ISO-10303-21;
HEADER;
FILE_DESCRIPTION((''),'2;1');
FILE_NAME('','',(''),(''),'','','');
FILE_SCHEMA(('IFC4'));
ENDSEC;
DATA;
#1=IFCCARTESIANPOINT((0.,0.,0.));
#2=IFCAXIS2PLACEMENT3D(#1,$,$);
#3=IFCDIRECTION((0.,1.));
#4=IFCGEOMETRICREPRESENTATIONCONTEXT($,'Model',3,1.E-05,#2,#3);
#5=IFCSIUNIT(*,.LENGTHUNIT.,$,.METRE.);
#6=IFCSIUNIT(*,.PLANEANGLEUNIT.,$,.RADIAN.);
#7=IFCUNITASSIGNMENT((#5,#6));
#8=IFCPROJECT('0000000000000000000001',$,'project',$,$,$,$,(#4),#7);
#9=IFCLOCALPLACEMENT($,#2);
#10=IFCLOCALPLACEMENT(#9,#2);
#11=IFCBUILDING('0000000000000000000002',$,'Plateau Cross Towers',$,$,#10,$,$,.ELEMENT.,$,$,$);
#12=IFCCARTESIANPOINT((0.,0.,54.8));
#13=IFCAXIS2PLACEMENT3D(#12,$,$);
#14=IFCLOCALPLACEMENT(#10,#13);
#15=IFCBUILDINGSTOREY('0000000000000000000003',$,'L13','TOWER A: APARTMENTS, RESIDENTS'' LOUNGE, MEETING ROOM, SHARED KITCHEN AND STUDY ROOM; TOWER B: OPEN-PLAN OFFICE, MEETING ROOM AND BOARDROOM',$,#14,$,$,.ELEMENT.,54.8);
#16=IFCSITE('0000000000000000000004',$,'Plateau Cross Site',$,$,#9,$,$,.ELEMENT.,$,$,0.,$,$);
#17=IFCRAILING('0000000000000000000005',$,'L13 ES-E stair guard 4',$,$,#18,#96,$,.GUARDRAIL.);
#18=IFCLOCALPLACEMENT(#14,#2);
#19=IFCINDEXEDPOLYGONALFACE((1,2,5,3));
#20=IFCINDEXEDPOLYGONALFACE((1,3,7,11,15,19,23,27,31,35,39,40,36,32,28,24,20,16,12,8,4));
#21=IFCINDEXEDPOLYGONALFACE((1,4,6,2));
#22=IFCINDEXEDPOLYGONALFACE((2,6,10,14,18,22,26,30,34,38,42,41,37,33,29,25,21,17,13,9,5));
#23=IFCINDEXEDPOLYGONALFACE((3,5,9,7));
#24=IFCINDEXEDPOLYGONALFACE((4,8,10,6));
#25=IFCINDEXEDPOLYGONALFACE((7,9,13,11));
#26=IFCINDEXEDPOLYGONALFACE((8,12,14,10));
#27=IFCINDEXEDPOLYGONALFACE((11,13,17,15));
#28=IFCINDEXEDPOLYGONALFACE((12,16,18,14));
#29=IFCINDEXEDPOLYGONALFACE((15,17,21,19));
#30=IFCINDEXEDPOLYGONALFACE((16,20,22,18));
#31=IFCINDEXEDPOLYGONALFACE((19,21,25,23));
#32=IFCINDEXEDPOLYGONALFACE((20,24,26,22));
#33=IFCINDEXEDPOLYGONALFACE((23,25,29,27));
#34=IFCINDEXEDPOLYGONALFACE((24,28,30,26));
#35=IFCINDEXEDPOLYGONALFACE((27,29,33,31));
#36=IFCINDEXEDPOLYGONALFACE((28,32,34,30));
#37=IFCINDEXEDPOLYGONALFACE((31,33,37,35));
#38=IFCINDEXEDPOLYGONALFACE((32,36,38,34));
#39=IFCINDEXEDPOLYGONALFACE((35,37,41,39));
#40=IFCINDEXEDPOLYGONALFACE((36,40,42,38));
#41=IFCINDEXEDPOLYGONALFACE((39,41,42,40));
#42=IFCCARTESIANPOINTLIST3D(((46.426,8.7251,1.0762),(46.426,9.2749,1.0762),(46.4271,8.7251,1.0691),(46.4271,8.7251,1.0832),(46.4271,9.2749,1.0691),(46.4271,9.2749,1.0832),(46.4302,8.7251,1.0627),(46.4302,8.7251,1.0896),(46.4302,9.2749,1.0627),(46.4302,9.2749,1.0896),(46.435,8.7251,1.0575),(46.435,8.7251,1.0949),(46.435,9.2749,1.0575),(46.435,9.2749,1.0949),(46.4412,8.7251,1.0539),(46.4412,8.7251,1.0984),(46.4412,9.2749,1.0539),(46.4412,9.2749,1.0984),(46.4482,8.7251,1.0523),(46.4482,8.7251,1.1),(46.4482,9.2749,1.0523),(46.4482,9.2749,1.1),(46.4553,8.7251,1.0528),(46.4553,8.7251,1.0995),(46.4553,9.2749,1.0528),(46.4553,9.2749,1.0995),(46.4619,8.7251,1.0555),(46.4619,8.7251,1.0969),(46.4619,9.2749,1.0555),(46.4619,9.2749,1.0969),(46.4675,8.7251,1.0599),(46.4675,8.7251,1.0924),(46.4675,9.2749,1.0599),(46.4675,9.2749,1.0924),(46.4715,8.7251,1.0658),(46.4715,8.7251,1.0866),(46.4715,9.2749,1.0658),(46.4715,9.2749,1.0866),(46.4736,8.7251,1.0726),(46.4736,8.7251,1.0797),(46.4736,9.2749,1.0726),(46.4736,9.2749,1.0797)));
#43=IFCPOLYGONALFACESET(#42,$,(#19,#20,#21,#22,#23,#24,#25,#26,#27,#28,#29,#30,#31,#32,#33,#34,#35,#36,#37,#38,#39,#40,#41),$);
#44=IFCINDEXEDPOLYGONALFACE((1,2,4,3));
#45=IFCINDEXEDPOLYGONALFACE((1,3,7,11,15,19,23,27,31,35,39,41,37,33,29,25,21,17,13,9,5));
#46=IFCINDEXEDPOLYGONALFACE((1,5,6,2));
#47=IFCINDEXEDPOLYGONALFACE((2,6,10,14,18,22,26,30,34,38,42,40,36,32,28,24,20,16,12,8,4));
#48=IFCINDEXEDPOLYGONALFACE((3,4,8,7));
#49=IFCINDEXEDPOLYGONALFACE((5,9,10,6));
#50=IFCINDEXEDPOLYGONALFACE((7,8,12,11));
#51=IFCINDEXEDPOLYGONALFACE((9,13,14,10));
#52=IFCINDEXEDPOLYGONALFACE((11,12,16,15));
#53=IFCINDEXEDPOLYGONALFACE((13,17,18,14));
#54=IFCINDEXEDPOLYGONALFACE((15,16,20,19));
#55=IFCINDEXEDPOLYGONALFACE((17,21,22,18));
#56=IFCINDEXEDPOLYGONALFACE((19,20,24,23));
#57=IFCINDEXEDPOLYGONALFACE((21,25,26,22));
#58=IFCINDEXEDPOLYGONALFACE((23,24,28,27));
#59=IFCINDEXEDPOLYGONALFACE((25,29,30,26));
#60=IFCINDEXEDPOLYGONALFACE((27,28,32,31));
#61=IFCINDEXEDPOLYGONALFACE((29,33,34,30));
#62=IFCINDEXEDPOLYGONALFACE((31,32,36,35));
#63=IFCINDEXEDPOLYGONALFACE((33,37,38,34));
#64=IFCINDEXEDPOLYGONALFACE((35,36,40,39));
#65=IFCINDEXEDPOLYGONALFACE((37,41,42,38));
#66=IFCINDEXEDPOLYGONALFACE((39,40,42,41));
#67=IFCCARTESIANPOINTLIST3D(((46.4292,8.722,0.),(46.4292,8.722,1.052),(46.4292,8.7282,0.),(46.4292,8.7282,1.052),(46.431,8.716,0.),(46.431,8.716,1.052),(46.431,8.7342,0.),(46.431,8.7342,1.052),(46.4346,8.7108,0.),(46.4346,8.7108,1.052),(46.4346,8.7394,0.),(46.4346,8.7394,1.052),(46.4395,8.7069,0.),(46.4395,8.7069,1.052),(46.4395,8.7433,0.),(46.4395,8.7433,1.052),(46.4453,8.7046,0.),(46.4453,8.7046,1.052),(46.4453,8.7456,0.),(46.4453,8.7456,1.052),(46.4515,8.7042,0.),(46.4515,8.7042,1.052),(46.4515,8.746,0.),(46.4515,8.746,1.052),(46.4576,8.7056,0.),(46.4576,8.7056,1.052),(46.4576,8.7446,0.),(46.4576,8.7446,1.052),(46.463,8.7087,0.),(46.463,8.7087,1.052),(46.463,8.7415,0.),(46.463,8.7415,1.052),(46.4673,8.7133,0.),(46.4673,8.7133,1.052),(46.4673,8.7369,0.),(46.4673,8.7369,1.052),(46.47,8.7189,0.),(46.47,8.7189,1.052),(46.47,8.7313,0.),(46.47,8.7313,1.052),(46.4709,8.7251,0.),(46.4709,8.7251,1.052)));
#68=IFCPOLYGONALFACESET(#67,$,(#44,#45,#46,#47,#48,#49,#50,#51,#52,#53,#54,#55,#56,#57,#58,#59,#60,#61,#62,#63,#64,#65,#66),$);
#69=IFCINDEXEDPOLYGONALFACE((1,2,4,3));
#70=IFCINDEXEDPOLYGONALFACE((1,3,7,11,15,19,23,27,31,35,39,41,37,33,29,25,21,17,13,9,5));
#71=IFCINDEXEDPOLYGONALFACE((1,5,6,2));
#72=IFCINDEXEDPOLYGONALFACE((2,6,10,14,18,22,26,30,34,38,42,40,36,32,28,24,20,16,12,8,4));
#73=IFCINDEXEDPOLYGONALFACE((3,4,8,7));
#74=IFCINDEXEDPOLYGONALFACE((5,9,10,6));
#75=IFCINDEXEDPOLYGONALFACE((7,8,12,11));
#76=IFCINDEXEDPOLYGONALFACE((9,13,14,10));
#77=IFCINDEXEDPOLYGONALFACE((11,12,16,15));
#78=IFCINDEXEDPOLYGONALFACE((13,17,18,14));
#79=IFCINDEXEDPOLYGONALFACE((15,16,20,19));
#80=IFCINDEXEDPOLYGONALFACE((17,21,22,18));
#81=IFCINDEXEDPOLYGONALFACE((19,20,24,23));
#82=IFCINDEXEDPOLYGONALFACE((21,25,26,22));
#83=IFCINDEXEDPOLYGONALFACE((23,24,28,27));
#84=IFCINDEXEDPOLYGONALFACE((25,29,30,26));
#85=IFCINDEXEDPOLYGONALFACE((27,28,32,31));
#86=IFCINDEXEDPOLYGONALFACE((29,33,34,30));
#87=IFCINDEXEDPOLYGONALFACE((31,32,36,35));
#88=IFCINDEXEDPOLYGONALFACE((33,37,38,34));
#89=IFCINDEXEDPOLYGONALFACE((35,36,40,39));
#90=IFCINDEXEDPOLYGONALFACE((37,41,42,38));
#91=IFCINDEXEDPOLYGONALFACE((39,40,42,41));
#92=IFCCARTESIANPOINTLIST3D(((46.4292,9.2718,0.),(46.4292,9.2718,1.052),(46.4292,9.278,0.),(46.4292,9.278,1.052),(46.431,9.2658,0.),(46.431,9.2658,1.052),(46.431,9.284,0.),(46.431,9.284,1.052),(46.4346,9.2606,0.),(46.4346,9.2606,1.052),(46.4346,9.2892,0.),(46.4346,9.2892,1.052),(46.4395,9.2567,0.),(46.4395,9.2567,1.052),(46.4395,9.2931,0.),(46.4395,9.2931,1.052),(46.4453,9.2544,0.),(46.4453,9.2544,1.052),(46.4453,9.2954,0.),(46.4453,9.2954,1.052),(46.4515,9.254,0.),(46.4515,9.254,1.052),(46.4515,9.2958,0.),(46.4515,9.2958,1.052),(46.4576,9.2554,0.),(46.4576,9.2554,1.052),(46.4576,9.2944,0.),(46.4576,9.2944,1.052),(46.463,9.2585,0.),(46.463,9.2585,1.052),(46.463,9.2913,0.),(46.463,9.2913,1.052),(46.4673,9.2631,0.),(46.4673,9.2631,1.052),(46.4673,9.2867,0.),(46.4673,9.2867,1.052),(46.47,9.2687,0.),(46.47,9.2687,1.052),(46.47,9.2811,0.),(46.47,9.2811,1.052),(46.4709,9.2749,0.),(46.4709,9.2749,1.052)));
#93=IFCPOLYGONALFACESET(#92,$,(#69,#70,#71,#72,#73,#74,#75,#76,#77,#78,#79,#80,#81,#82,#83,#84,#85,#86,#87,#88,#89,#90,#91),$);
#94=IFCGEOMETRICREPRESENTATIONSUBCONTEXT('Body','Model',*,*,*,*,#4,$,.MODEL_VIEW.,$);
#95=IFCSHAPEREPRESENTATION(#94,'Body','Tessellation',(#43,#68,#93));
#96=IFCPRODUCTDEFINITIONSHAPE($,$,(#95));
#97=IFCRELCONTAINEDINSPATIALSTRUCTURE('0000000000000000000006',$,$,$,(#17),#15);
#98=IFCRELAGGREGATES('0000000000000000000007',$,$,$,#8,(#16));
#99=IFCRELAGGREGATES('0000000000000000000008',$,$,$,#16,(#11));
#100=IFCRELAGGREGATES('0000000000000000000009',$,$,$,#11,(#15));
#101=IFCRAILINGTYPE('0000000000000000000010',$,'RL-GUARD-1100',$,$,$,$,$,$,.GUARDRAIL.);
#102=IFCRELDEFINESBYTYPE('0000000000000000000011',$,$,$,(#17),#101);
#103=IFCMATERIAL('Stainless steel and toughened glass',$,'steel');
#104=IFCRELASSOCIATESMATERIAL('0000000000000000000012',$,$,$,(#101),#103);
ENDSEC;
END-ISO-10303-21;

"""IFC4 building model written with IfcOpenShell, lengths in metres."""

from ifc_helpers import new_model, si_unit, direction, frame, origin, origin_2d, place, context, subcontext, project, spatial, circle, extrude, material, type_object, element, save


model = new_model("IFC4")

# Units and contexts
model_context = context("Model", 3, precision=1e-05, world=origin(), true_north=direction((0.0, 1.0)))
body_context = subcontext(model_context, "Body", "Model", "MODEL_VIEW")
ifc_project = project(units=[si_unit("LENGTHUNIT", "METRE"), si_unit("PLANEANGLEUNIT", "RADIAN")], contexts=[model_context])

# Site, building, storey
site_placement = place(None, origin())
site = spatial("IfcSite", under=ifc_project, at=site_placement, Name="Plateau Cross Site", CompositionType="ELEMENT", RefElevation=0.0)
building_placement = place(site_placement, origin())
building = spatial("IfcBuilding", under=site, at=building_placement, Name="Plateau Cross Towers", CompositionType="ELEMENT")
storey_placement = place(building_placement, frame((0.0, 0.0, 54.8)))
storey = spatial("IfcBuildingStorey", under=building, at=storey_placement, Name="L13", Description="TOWER A: APARTMENTS, RESIDENTS' LOUNGE, MEETING ROOM, SHARED KITCHEN AND STUDY ROOM; TOWER B: OPEN-PLAN OFFICE, MEETING ROOM AND BOARDROOM", CompositionType="ELEMENT", Elevation=54.8)

# Railing
ifc_material_1 = material(Name="Stainless steel and toughened glass", Category="steel")
railing_type_1 = type_object("IfcRailingType", Name="RL-GUARD-1100", PredefinedType="GUARDRAIL", material=ifc_material_1)
railing_1_placement = place(storey_placement, frame((46.45, 8.7251, 0.0)))
element("IfcRailing", 1, at=railing_1_placement, inside=storey, type_object=railing_type_1, Name="L13 ES-E stair guard 4", PredefinedType="GUARDRAIL", context=body_context, shape_type="SweptSolid", body=[
    extrude(circle(Radius=0.0239, at=origin_2d()), frame((0.0, 0.0, 1.0762), z_axis=(0.0, 1.0, 0.0), x_axis=(-1.0, 0.0, 0.0)), (0.0, 0.0, 1.0), 0.5498),
    extrude(circle(Radius=0.021, at=origin_2d()), origin(), (0.0, 0.0, 1.0), 1.052),
    extrude(circle(Radius=0.021, at=origin_2d()), frame((0.0, 0.5498, 0.0)), (0.0, 0.0, 1.0), 1.052),
])

save(model, "model.ifc")
